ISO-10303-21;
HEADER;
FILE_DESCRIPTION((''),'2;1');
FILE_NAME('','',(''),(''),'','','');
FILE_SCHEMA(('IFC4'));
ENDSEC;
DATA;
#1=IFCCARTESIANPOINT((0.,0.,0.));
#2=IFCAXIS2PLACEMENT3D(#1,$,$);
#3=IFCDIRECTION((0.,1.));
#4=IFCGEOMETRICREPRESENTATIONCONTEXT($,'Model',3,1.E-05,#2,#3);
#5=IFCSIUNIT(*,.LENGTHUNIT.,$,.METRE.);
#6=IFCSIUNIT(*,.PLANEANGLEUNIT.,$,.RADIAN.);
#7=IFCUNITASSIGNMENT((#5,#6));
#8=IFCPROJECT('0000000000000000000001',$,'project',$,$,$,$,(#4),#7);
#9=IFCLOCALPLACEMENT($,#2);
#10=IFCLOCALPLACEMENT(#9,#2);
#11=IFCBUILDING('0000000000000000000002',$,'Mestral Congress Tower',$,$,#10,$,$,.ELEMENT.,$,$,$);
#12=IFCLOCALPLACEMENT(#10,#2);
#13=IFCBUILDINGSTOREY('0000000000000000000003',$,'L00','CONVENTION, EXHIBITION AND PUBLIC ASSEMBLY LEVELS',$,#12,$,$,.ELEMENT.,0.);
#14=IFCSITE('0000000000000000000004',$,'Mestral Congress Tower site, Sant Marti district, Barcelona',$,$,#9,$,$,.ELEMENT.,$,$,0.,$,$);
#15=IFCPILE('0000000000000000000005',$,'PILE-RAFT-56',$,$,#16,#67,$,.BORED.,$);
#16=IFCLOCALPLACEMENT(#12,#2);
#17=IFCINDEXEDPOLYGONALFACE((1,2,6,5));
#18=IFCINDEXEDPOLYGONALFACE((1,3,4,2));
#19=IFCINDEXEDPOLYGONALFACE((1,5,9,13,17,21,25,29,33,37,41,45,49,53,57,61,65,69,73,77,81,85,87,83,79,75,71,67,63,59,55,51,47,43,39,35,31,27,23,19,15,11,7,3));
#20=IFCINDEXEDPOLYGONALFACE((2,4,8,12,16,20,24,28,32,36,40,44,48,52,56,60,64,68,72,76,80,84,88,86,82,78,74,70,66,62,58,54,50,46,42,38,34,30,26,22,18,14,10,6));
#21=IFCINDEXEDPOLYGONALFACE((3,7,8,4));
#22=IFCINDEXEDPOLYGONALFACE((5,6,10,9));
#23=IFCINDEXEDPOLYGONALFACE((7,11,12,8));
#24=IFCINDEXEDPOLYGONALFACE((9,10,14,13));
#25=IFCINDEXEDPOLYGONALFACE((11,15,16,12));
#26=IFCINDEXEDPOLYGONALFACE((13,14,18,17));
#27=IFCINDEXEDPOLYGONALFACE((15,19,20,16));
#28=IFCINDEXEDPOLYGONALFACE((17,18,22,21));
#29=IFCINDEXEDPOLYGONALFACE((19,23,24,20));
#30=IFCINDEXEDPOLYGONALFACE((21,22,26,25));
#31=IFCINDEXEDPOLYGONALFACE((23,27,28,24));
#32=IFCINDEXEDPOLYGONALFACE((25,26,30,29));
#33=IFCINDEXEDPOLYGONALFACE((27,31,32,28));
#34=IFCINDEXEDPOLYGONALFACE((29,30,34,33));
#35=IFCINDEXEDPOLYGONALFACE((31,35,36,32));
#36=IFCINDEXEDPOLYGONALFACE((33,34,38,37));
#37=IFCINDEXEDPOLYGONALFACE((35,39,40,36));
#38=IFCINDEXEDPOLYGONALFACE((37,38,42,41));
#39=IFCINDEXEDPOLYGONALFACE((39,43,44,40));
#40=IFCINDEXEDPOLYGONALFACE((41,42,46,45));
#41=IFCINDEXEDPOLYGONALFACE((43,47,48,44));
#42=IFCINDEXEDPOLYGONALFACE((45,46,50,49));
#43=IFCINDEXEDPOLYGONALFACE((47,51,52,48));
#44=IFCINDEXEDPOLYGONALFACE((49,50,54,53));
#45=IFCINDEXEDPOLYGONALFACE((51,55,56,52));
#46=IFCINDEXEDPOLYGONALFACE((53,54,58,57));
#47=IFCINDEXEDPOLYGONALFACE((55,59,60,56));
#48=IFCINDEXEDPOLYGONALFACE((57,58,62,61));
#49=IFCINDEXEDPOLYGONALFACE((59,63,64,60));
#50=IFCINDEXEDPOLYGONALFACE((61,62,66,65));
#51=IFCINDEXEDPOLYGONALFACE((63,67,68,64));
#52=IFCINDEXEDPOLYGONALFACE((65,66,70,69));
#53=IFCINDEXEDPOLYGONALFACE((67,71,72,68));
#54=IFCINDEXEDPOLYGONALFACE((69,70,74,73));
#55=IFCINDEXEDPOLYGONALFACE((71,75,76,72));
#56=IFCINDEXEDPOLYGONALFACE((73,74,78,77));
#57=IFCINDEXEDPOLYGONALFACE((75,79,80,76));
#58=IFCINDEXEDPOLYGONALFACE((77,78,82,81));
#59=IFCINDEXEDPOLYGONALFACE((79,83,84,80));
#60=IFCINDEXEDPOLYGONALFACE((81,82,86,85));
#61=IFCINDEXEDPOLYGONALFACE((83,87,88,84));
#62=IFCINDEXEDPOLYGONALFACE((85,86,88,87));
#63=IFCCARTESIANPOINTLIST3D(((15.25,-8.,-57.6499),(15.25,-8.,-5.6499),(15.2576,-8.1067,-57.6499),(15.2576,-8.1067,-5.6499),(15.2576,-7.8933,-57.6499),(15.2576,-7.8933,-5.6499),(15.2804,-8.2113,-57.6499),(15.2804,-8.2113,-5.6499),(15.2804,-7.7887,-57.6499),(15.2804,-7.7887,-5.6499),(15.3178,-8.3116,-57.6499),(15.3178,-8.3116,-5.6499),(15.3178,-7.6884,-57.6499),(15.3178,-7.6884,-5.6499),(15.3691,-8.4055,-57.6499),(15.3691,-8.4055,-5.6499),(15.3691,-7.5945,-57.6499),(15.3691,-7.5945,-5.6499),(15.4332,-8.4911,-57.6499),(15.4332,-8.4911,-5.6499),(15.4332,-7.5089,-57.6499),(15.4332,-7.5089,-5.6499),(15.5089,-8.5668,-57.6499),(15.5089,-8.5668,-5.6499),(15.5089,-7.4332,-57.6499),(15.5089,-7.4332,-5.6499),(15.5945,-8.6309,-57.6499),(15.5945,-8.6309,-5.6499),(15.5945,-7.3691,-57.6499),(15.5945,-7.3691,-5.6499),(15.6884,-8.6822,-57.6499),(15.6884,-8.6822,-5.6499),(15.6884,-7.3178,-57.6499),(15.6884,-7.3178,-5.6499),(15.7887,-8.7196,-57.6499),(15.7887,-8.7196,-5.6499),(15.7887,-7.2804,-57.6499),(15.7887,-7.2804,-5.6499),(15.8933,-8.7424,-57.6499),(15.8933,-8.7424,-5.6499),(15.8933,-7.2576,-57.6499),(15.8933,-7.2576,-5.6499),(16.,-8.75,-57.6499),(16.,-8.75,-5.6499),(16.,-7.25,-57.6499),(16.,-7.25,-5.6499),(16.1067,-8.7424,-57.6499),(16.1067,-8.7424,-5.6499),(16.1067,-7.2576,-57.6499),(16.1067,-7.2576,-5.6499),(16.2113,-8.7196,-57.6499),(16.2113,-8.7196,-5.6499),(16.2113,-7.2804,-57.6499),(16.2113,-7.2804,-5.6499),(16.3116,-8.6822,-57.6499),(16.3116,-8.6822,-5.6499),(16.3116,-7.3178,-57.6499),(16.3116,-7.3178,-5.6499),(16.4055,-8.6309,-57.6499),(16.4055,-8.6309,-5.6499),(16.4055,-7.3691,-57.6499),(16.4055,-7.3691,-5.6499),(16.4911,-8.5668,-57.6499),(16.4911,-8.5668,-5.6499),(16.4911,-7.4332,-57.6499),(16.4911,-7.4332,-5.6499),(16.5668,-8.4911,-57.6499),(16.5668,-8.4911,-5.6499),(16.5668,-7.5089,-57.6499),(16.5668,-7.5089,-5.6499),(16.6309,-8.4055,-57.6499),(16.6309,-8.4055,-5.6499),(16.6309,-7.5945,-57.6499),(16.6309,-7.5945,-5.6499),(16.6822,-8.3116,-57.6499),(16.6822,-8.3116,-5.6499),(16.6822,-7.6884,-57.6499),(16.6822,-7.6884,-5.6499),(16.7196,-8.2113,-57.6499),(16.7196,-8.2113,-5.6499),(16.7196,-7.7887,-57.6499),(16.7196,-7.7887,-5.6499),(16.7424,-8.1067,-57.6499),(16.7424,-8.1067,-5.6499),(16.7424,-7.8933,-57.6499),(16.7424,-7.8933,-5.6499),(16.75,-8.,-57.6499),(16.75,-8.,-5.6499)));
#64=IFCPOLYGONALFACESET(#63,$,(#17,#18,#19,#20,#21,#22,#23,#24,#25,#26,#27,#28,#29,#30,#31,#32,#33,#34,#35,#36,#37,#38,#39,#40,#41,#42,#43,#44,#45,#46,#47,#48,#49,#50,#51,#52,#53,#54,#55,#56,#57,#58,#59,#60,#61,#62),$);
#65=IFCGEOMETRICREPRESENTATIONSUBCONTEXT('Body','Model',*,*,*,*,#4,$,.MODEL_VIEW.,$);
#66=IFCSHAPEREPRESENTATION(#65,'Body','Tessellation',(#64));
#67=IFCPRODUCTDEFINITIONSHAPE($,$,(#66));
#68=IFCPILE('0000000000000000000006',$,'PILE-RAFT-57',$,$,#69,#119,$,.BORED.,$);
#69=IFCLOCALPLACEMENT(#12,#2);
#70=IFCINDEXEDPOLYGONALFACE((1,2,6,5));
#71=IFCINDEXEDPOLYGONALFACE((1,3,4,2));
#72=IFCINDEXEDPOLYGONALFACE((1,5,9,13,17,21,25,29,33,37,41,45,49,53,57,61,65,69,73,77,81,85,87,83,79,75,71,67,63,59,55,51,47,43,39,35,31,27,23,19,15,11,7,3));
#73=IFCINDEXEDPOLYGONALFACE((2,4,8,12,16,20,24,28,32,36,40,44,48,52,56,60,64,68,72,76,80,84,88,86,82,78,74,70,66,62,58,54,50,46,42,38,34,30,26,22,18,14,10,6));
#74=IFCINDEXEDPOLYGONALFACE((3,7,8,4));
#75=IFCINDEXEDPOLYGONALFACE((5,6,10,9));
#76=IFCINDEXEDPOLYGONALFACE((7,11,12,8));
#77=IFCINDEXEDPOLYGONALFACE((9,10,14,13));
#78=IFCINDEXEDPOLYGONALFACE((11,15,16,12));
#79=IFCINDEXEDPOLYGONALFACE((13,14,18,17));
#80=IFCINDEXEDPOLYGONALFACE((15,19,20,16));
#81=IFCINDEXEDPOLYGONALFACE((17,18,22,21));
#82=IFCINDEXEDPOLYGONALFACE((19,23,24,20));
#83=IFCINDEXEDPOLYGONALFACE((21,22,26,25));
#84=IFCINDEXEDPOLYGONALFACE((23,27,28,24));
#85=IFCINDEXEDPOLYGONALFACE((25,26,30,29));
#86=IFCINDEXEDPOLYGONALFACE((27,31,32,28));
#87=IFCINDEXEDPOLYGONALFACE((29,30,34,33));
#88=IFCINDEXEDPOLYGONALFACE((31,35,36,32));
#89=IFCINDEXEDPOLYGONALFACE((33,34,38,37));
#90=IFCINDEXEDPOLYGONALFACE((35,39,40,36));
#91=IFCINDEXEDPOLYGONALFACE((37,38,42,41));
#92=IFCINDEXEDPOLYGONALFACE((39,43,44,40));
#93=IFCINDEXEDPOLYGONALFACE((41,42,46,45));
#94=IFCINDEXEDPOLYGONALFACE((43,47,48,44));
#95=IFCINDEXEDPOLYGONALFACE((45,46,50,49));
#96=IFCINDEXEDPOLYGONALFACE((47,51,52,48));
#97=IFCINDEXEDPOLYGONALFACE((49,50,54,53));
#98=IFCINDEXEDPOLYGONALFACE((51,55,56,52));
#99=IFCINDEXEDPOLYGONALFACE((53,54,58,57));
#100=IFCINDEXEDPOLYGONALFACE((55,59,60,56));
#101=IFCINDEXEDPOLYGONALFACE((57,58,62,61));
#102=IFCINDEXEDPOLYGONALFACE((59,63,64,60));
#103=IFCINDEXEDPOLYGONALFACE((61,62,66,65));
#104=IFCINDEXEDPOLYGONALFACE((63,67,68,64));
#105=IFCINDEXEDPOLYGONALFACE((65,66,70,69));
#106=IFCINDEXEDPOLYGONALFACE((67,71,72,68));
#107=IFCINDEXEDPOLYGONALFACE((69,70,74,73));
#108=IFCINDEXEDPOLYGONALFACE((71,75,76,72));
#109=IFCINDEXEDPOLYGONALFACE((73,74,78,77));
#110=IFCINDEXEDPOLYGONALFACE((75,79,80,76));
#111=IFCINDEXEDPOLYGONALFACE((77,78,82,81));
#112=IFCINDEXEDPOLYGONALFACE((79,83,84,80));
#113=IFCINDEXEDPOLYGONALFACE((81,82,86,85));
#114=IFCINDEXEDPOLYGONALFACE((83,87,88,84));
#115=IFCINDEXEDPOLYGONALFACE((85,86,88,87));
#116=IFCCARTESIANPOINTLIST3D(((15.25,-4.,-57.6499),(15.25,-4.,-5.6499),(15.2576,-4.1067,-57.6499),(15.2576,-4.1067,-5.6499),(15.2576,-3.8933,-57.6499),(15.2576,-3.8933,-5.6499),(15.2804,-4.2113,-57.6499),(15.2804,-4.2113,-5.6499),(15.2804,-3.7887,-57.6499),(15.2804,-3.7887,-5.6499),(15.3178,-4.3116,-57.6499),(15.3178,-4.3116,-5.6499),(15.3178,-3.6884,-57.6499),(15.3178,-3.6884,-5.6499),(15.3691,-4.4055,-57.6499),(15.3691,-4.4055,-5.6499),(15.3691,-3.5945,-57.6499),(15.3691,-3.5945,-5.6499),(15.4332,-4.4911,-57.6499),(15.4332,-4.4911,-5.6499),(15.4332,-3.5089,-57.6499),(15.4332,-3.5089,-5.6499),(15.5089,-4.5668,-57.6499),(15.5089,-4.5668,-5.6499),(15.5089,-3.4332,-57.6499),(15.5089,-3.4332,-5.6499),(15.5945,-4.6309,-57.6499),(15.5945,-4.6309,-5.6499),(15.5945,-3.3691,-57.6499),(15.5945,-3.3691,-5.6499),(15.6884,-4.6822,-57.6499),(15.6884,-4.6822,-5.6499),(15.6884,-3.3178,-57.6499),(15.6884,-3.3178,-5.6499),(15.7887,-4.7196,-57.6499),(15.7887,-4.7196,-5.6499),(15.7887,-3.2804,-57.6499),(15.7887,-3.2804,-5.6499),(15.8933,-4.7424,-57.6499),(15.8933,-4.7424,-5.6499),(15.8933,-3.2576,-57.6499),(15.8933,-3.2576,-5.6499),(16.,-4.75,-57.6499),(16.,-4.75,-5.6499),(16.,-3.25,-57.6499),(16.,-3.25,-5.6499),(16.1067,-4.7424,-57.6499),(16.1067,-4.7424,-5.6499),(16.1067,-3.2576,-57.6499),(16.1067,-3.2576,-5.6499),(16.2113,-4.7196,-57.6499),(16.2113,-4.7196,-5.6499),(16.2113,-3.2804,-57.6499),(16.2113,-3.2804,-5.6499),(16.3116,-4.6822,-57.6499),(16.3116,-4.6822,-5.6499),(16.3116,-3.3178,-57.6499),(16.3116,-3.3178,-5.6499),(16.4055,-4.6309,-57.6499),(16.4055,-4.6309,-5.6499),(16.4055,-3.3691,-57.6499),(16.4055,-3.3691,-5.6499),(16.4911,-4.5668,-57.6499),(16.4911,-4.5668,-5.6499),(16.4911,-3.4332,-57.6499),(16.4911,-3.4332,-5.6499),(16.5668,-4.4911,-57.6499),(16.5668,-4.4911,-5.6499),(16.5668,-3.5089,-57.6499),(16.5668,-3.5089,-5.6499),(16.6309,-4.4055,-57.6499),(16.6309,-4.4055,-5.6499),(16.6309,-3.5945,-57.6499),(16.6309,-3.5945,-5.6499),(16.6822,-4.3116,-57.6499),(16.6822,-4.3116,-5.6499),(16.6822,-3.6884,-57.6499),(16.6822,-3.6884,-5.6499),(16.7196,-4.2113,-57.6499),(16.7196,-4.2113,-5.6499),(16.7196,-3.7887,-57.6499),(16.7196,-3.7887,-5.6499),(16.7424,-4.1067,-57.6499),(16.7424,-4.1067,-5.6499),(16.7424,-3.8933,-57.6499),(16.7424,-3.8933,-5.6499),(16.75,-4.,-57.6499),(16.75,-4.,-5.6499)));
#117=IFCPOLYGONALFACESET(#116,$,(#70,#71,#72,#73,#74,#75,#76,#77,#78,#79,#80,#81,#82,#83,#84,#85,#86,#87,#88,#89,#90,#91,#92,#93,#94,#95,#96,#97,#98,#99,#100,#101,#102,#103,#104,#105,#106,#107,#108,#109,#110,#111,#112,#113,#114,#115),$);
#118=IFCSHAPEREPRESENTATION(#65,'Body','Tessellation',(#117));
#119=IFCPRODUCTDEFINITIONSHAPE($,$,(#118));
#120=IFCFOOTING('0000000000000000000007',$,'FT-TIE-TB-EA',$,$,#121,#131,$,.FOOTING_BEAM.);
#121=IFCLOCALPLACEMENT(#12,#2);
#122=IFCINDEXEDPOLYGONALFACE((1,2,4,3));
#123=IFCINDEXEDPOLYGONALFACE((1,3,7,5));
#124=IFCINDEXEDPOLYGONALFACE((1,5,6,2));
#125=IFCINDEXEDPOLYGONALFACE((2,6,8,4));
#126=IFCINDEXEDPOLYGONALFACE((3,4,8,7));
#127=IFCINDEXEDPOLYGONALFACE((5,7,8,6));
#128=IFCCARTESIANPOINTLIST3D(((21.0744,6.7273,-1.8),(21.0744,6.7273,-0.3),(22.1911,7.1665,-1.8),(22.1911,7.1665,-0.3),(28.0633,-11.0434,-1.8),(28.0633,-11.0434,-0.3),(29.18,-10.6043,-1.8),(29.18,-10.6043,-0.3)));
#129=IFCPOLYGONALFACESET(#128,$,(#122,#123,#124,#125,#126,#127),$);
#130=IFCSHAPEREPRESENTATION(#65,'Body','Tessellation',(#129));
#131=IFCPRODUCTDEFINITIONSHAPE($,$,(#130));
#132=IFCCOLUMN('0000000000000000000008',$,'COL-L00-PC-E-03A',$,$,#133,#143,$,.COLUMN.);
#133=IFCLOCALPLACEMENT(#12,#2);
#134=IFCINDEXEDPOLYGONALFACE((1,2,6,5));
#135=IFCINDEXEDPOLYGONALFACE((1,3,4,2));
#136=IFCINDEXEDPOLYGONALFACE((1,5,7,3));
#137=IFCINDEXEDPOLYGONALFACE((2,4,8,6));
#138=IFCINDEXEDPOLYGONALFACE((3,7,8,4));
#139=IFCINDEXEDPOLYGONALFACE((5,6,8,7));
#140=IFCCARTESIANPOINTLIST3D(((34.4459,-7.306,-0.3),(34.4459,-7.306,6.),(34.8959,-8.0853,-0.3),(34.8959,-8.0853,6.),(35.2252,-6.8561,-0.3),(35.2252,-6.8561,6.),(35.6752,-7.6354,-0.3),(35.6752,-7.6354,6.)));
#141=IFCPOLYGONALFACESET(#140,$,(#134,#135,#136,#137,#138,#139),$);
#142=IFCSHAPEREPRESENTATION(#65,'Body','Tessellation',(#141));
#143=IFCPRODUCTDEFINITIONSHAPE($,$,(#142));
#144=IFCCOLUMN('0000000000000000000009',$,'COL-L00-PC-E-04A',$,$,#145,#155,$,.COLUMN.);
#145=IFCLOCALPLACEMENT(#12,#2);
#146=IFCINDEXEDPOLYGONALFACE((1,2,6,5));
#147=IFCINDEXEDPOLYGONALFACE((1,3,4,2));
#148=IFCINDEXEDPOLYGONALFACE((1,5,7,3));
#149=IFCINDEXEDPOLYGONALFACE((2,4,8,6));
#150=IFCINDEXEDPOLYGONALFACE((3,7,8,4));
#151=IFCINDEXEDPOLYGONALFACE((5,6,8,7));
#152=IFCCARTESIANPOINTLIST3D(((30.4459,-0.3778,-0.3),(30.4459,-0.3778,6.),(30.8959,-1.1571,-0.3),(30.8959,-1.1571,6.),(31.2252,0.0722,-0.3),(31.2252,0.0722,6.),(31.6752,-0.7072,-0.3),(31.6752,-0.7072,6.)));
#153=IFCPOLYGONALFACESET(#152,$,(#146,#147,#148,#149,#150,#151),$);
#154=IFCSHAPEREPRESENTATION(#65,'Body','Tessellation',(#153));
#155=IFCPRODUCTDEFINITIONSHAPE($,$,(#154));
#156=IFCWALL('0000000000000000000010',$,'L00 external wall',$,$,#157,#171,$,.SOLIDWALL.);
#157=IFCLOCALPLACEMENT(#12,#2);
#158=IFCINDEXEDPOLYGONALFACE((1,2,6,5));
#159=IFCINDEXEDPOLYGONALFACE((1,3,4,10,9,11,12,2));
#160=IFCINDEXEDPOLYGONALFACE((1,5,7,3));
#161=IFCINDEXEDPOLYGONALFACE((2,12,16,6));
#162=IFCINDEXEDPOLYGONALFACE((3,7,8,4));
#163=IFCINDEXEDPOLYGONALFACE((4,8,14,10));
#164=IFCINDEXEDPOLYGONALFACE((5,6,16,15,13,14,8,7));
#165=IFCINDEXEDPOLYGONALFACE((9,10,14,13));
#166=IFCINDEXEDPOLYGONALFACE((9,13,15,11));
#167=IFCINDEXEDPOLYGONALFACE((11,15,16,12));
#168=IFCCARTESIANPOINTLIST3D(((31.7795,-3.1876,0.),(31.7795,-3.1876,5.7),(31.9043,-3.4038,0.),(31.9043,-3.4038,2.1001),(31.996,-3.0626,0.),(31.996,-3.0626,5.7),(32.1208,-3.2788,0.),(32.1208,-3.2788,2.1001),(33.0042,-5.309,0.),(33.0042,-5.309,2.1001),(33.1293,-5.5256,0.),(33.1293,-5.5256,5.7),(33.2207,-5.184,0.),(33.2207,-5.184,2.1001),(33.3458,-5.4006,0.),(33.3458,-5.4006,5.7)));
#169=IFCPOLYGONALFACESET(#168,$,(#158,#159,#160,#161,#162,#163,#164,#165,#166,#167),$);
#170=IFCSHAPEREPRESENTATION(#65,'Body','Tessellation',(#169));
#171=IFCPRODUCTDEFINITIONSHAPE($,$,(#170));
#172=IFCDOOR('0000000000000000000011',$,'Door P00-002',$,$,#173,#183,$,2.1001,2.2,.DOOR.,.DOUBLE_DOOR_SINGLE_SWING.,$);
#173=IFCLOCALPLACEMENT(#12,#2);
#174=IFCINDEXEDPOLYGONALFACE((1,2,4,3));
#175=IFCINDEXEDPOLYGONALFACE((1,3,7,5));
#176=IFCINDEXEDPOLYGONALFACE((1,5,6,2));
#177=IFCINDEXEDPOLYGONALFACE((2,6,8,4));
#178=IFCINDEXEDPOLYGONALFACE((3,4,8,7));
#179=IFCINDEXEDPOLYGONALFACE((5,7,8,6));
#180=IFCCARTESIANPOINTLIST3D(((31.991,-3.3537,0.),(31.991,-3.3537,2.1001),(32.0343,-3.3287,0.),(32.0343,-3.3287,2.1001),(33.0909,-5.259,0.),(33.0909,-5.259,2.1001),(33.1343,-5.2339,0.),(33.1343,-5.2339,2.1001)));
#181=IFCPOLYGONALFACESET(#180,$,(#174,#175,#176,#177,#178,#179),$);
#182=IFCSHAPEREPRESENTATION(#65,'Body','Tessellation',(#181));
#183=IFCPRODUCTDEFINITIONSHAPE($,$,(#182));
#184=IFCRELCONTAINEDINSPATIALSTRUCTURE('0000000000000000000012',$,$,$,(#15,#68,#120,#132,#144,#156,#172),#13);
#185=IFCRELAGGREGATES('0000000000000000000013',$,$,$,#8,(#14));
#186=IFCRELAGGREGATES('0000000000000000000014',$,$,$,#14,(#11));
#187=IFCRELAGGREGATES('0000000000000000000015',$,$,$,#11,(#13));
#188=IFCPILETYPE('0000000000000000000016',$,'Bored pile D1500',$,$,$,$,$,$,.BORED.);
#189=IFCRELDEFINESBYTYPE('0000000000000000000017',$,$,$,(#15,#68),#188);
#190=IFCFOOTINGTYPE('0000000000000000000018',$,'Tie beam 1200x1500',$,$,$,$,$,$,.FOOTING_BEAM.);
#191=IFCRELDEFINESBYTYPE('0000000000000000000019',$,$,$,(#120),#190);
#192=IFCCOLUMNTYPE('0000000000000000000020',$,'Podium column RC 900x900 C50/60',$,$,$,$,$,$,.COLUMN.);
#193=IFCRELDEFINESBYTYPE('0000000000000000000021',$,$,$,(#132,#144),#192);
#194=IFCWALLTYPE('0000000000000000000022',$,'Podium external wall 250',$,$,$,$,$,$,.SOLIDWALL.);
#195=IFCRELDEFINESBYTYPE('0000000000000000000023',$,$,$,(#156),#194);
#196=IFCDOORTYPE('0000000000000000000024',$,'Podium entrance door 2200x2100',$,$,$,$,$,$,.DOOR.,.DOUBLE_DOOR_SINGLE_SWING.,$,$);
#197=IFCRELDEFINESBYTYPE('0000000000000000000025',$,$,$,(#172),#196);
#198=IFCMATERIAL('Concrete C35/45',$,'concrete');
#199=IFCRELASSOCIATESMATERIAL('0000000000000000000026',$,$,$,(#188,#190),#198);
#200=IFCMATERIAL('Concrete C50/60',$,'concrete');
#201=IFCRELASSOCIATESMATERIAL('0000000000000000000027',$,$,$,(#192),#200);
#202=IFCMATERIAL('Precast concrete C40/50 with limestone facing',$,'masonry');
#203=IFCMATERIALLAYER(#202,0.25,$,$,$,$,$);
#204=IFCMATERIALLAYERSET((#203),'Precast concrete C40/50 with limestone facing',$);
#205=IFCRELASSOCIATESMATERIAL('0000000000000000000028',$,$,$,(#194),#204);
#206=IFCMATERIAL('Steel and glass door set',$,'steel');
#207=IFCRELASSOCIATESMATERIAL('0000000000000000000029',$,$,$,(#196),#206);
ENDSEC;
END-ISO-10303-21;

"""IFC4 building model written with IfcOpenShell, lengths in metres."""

from ifc_helpers import new_model, si_unit, direction, frame, frame_2d, origin, origin_2d, place, context, subcontext, project, spatial, rectangle, circle, extrude, material, layer, layer_set, material_profile, profile_set, type_object, element, fill, save


model = new_model("IFC4")

# Units and contexts
model_context = context("Model", 3, precision=1e-05, world=origin(), true_north=direction((0.0, 1.0)))
body_context = subcontext(model_context, "Body", "Model", "MODEL_VIEW")
ifc_project = project(units=[si_unit("LENGTHUNIT", "METRE"), si_unit("PLANEANGLEUNIT", "RADIAN")], contexts=[model_context])

# Site, building, storey
site_placement = place(None, origin())
site = spatial("IfcSite", under=ifc_project, at=site_placement, Name="Mestral Congress Tower site, Sant Marti district, Barcelona", CompositionType="ELEMENT", RefElevation=0.0)
building_placement = place(site_placement, origin())
building = spatial("IfcBuilding", under=site, at=building_placement, Name="Mestral Congress Tower", CompositionType="ELEMENT")
storey_placement = place(building_placement, origin())
storey = spatial("IfcBuildingStorey", under=building, at=storey_placement, Name="L00", Description="CONVENTION, EXHIBITION AND PUBLIC ASSEMBLY LEVELS", CompositionType="ELEMENT", Elevation=0.0)

# Piles
ifc_material_1 = material(Name="Concrete C35/45", Category="concrete")
ifc_material_profile_1 = material_profile(ifc_material_1, circle(Radius=0.75, at=origin_2d()), Name="D1500")
ifc_profile_set_1 = profile_set([ifc_material_profile_1], Name="Concrete C35/45")
pile_type_1 = type_object("IfcPileType", Name="Bored pile D1500", PredefinedType="BORED", material=ifc_profile_set_1)
for number, where, z_axis, x_axis, name in (
    (1, (16.0, -8.0, -5.6499), (0.0, 0.0, -1.0), (1.0, 0.0, 0.0), "PILE-RAFT-56"),
    (2, (16.0, -4.0, -5.6499), (0.0, 0.0, -1.0), (1.0, 0.0, 0.0), "PILE-RAFT-57"),
):
    element("IfcPile", number, at=place(storey_placement, frame(where, z_axis=z_axis, x_axis=x_axis)), inside=storey, type_object=pile_type_1, Name=name, PredefinedType="BORED", context=body_context, shape_type="SweptSolid", body=[
        extrude(circle(Radius=0.75, at=origin_2d()), origin(), (0.0, 0.0, 1.0), 52.0),
    ])

# Footing
footing_type = type_object("IfcFootingType", Name="Tie beam 1200x1500", PredefinedType="FOOTING_BEAM", material=ifc_material_1)
footing_placement = place(storey_placement, frame((25.1272, -1.9385, -1.8), z_axis=(0.0, 0.0, 1.0), x_axis=(-0.365998, 0.930616, 0.0)))
element("IfcFooting", 3, at=footing_placement, inside=storey, type_object=footing_type, Name="FT-TIE-TB-EA", PredefinedType="FOOTING_BEAM", context=body_context, shape_type="SweptSolid", body=[
    extrude(rectangle(XDim=19.0957, YDim=1.2, at=origin_2d()), origin(), (0.0, 0.0, 1.0), 1.5),
])

# Columns
ifc_material_2 = material(Name="Concrete C50/60", Category="concrete")
ifc_material_profile_2 = material_profile(ifc_material_2, rectangle(XDim=0.8999, YDim=0.8999, at=origin_2d()), Name="RC 900x900")
ifc_profile_set_2 = profile_set([ifc_material_profile_2], Name="Concrete C50/60")
column_type = type_object("IfcColumnType", Name="Podium column RC 900x900 C50/60", PredefinedType="COLUMN", material=ifc_profile_set_2)
for number, where, z_axis, x_axis, name in (
    (4, (35.0605, -7.4707, -0.3), (0.0, 0.0, 1.0), (-0.5, 0.866025, 0.0), "COL-L00-PC-E-03A"),
    (5, (31.0605, -0.5425, -0.3), (0.0, 0.0, 1.0), (-0.5, 0.866025, 0.0), "COL-L00-PC-E-04A"),
):
    element("IfcColumn", number, at=place(storey_placement, frame(where, z_axis=z_axis, x_axis=x_axis)), inside=storey, type_object=column_type, Name=name, PredefinedType="COLUMN", context=body_context, shape_type="SweptSolid", body=[
        extrude(rectangle(XDim=0.8999, YDim=0.8999, at=origin_2d()), origin(), (0.0, 0.0, 1.0), 6.3),
    ])

# Wall, opening, door
ifc_material_3 = material(Name="Precast concrete C40/50 with limestone facing", Category="masonry")
ifc_layer_1 = layer(ifc_material_3, 0.25)
ifc_layer_set_1 = layer_set([ifc_layer_1], Name="Precast concrete C40/50 with limestone facing")
wall_type_1 = type_object("IfcWallType", Name="Podium external wall 250", PredefinedType="SOLIDWALL", material=ifc_layer_set_1)
wall_1_placement = place(storey_placement, frame((33.2375, -5.4631, 0.0), z_axis=(0.0, 0.0, 1.0), x_axis=(-0.499981, 0.866037, 0.0)))
wall_1 = element("IfcWall", 6, at=wall_1_placement, inside=storey, type_object=wall_type_1, Name="L00 external wall", PredefinedType="SOLIDWALL", context=body_context, shape_type="SweptSolid", body=[
    extrude(rectangle(XDim=2.6997, YDim=0.25, at=frame_2d((1.3499, 0.0))), origin(), (0.0, 0.0, 1.0), 5.7),
])
opening_1_placement = place(wall_1_placement, frame((0.25, 0.0, 0.0)))
opening_1 = element("IfcOpeningElement", 7, at=opening_1_placement, cuts=wall_1, PredefinedType="OPENING", context=body_context, shape_type="SweptSolid", body=[
    extrude(rectangle(XDim=2.2, YDim=2.1001, at=frame_2d((1.1001, 1.05))), frame((0.0, 0.135, 0.0), z_axis=(0.0, -1.0, 0.0), x_axis=(1.0, 0.0, 0.0)), (0.0, 0.0, 1.0), 0.27),
])
ifc_material_4 = material(Name="Steel and glass door set", Category="steel")
door_type_1 = type_object("IfcDoorType", Name="Podium entrance door 2200x2100", OperationType="DOUBLE_DOOR_SINGLE_SWING", PredefinedType="DOOR", material=ifc_material_4)
door_1_placement = place(opening_1_placement, origin())
door_1 = element("IfcDoor", 8, at=door_1_placement, inside=storey, type_object=door_type_1, Name="Door P00-002", OperationType="DOUBLE_DOOR_SINGLE_SWING", OverallHeight=2.1001, OverallWidth=2.2, PredefinedType="DOOR", context=body_context, shape_type="SweptSolid", body=[
    extrude(rectangle(XDim=2.2, YDim=2.1001, at=frame_2d((1.1001, 1.05))), frame((0.0, 0.0249, 0.0), z_axis=(0.0, -1.0, 0.0), x_axis=(1.0, 0.0, 0.0)), (0.0, 0.0, 1.0), 0.05),
])
fill(opening_1, door_1)

save(model, "model.ifc")
